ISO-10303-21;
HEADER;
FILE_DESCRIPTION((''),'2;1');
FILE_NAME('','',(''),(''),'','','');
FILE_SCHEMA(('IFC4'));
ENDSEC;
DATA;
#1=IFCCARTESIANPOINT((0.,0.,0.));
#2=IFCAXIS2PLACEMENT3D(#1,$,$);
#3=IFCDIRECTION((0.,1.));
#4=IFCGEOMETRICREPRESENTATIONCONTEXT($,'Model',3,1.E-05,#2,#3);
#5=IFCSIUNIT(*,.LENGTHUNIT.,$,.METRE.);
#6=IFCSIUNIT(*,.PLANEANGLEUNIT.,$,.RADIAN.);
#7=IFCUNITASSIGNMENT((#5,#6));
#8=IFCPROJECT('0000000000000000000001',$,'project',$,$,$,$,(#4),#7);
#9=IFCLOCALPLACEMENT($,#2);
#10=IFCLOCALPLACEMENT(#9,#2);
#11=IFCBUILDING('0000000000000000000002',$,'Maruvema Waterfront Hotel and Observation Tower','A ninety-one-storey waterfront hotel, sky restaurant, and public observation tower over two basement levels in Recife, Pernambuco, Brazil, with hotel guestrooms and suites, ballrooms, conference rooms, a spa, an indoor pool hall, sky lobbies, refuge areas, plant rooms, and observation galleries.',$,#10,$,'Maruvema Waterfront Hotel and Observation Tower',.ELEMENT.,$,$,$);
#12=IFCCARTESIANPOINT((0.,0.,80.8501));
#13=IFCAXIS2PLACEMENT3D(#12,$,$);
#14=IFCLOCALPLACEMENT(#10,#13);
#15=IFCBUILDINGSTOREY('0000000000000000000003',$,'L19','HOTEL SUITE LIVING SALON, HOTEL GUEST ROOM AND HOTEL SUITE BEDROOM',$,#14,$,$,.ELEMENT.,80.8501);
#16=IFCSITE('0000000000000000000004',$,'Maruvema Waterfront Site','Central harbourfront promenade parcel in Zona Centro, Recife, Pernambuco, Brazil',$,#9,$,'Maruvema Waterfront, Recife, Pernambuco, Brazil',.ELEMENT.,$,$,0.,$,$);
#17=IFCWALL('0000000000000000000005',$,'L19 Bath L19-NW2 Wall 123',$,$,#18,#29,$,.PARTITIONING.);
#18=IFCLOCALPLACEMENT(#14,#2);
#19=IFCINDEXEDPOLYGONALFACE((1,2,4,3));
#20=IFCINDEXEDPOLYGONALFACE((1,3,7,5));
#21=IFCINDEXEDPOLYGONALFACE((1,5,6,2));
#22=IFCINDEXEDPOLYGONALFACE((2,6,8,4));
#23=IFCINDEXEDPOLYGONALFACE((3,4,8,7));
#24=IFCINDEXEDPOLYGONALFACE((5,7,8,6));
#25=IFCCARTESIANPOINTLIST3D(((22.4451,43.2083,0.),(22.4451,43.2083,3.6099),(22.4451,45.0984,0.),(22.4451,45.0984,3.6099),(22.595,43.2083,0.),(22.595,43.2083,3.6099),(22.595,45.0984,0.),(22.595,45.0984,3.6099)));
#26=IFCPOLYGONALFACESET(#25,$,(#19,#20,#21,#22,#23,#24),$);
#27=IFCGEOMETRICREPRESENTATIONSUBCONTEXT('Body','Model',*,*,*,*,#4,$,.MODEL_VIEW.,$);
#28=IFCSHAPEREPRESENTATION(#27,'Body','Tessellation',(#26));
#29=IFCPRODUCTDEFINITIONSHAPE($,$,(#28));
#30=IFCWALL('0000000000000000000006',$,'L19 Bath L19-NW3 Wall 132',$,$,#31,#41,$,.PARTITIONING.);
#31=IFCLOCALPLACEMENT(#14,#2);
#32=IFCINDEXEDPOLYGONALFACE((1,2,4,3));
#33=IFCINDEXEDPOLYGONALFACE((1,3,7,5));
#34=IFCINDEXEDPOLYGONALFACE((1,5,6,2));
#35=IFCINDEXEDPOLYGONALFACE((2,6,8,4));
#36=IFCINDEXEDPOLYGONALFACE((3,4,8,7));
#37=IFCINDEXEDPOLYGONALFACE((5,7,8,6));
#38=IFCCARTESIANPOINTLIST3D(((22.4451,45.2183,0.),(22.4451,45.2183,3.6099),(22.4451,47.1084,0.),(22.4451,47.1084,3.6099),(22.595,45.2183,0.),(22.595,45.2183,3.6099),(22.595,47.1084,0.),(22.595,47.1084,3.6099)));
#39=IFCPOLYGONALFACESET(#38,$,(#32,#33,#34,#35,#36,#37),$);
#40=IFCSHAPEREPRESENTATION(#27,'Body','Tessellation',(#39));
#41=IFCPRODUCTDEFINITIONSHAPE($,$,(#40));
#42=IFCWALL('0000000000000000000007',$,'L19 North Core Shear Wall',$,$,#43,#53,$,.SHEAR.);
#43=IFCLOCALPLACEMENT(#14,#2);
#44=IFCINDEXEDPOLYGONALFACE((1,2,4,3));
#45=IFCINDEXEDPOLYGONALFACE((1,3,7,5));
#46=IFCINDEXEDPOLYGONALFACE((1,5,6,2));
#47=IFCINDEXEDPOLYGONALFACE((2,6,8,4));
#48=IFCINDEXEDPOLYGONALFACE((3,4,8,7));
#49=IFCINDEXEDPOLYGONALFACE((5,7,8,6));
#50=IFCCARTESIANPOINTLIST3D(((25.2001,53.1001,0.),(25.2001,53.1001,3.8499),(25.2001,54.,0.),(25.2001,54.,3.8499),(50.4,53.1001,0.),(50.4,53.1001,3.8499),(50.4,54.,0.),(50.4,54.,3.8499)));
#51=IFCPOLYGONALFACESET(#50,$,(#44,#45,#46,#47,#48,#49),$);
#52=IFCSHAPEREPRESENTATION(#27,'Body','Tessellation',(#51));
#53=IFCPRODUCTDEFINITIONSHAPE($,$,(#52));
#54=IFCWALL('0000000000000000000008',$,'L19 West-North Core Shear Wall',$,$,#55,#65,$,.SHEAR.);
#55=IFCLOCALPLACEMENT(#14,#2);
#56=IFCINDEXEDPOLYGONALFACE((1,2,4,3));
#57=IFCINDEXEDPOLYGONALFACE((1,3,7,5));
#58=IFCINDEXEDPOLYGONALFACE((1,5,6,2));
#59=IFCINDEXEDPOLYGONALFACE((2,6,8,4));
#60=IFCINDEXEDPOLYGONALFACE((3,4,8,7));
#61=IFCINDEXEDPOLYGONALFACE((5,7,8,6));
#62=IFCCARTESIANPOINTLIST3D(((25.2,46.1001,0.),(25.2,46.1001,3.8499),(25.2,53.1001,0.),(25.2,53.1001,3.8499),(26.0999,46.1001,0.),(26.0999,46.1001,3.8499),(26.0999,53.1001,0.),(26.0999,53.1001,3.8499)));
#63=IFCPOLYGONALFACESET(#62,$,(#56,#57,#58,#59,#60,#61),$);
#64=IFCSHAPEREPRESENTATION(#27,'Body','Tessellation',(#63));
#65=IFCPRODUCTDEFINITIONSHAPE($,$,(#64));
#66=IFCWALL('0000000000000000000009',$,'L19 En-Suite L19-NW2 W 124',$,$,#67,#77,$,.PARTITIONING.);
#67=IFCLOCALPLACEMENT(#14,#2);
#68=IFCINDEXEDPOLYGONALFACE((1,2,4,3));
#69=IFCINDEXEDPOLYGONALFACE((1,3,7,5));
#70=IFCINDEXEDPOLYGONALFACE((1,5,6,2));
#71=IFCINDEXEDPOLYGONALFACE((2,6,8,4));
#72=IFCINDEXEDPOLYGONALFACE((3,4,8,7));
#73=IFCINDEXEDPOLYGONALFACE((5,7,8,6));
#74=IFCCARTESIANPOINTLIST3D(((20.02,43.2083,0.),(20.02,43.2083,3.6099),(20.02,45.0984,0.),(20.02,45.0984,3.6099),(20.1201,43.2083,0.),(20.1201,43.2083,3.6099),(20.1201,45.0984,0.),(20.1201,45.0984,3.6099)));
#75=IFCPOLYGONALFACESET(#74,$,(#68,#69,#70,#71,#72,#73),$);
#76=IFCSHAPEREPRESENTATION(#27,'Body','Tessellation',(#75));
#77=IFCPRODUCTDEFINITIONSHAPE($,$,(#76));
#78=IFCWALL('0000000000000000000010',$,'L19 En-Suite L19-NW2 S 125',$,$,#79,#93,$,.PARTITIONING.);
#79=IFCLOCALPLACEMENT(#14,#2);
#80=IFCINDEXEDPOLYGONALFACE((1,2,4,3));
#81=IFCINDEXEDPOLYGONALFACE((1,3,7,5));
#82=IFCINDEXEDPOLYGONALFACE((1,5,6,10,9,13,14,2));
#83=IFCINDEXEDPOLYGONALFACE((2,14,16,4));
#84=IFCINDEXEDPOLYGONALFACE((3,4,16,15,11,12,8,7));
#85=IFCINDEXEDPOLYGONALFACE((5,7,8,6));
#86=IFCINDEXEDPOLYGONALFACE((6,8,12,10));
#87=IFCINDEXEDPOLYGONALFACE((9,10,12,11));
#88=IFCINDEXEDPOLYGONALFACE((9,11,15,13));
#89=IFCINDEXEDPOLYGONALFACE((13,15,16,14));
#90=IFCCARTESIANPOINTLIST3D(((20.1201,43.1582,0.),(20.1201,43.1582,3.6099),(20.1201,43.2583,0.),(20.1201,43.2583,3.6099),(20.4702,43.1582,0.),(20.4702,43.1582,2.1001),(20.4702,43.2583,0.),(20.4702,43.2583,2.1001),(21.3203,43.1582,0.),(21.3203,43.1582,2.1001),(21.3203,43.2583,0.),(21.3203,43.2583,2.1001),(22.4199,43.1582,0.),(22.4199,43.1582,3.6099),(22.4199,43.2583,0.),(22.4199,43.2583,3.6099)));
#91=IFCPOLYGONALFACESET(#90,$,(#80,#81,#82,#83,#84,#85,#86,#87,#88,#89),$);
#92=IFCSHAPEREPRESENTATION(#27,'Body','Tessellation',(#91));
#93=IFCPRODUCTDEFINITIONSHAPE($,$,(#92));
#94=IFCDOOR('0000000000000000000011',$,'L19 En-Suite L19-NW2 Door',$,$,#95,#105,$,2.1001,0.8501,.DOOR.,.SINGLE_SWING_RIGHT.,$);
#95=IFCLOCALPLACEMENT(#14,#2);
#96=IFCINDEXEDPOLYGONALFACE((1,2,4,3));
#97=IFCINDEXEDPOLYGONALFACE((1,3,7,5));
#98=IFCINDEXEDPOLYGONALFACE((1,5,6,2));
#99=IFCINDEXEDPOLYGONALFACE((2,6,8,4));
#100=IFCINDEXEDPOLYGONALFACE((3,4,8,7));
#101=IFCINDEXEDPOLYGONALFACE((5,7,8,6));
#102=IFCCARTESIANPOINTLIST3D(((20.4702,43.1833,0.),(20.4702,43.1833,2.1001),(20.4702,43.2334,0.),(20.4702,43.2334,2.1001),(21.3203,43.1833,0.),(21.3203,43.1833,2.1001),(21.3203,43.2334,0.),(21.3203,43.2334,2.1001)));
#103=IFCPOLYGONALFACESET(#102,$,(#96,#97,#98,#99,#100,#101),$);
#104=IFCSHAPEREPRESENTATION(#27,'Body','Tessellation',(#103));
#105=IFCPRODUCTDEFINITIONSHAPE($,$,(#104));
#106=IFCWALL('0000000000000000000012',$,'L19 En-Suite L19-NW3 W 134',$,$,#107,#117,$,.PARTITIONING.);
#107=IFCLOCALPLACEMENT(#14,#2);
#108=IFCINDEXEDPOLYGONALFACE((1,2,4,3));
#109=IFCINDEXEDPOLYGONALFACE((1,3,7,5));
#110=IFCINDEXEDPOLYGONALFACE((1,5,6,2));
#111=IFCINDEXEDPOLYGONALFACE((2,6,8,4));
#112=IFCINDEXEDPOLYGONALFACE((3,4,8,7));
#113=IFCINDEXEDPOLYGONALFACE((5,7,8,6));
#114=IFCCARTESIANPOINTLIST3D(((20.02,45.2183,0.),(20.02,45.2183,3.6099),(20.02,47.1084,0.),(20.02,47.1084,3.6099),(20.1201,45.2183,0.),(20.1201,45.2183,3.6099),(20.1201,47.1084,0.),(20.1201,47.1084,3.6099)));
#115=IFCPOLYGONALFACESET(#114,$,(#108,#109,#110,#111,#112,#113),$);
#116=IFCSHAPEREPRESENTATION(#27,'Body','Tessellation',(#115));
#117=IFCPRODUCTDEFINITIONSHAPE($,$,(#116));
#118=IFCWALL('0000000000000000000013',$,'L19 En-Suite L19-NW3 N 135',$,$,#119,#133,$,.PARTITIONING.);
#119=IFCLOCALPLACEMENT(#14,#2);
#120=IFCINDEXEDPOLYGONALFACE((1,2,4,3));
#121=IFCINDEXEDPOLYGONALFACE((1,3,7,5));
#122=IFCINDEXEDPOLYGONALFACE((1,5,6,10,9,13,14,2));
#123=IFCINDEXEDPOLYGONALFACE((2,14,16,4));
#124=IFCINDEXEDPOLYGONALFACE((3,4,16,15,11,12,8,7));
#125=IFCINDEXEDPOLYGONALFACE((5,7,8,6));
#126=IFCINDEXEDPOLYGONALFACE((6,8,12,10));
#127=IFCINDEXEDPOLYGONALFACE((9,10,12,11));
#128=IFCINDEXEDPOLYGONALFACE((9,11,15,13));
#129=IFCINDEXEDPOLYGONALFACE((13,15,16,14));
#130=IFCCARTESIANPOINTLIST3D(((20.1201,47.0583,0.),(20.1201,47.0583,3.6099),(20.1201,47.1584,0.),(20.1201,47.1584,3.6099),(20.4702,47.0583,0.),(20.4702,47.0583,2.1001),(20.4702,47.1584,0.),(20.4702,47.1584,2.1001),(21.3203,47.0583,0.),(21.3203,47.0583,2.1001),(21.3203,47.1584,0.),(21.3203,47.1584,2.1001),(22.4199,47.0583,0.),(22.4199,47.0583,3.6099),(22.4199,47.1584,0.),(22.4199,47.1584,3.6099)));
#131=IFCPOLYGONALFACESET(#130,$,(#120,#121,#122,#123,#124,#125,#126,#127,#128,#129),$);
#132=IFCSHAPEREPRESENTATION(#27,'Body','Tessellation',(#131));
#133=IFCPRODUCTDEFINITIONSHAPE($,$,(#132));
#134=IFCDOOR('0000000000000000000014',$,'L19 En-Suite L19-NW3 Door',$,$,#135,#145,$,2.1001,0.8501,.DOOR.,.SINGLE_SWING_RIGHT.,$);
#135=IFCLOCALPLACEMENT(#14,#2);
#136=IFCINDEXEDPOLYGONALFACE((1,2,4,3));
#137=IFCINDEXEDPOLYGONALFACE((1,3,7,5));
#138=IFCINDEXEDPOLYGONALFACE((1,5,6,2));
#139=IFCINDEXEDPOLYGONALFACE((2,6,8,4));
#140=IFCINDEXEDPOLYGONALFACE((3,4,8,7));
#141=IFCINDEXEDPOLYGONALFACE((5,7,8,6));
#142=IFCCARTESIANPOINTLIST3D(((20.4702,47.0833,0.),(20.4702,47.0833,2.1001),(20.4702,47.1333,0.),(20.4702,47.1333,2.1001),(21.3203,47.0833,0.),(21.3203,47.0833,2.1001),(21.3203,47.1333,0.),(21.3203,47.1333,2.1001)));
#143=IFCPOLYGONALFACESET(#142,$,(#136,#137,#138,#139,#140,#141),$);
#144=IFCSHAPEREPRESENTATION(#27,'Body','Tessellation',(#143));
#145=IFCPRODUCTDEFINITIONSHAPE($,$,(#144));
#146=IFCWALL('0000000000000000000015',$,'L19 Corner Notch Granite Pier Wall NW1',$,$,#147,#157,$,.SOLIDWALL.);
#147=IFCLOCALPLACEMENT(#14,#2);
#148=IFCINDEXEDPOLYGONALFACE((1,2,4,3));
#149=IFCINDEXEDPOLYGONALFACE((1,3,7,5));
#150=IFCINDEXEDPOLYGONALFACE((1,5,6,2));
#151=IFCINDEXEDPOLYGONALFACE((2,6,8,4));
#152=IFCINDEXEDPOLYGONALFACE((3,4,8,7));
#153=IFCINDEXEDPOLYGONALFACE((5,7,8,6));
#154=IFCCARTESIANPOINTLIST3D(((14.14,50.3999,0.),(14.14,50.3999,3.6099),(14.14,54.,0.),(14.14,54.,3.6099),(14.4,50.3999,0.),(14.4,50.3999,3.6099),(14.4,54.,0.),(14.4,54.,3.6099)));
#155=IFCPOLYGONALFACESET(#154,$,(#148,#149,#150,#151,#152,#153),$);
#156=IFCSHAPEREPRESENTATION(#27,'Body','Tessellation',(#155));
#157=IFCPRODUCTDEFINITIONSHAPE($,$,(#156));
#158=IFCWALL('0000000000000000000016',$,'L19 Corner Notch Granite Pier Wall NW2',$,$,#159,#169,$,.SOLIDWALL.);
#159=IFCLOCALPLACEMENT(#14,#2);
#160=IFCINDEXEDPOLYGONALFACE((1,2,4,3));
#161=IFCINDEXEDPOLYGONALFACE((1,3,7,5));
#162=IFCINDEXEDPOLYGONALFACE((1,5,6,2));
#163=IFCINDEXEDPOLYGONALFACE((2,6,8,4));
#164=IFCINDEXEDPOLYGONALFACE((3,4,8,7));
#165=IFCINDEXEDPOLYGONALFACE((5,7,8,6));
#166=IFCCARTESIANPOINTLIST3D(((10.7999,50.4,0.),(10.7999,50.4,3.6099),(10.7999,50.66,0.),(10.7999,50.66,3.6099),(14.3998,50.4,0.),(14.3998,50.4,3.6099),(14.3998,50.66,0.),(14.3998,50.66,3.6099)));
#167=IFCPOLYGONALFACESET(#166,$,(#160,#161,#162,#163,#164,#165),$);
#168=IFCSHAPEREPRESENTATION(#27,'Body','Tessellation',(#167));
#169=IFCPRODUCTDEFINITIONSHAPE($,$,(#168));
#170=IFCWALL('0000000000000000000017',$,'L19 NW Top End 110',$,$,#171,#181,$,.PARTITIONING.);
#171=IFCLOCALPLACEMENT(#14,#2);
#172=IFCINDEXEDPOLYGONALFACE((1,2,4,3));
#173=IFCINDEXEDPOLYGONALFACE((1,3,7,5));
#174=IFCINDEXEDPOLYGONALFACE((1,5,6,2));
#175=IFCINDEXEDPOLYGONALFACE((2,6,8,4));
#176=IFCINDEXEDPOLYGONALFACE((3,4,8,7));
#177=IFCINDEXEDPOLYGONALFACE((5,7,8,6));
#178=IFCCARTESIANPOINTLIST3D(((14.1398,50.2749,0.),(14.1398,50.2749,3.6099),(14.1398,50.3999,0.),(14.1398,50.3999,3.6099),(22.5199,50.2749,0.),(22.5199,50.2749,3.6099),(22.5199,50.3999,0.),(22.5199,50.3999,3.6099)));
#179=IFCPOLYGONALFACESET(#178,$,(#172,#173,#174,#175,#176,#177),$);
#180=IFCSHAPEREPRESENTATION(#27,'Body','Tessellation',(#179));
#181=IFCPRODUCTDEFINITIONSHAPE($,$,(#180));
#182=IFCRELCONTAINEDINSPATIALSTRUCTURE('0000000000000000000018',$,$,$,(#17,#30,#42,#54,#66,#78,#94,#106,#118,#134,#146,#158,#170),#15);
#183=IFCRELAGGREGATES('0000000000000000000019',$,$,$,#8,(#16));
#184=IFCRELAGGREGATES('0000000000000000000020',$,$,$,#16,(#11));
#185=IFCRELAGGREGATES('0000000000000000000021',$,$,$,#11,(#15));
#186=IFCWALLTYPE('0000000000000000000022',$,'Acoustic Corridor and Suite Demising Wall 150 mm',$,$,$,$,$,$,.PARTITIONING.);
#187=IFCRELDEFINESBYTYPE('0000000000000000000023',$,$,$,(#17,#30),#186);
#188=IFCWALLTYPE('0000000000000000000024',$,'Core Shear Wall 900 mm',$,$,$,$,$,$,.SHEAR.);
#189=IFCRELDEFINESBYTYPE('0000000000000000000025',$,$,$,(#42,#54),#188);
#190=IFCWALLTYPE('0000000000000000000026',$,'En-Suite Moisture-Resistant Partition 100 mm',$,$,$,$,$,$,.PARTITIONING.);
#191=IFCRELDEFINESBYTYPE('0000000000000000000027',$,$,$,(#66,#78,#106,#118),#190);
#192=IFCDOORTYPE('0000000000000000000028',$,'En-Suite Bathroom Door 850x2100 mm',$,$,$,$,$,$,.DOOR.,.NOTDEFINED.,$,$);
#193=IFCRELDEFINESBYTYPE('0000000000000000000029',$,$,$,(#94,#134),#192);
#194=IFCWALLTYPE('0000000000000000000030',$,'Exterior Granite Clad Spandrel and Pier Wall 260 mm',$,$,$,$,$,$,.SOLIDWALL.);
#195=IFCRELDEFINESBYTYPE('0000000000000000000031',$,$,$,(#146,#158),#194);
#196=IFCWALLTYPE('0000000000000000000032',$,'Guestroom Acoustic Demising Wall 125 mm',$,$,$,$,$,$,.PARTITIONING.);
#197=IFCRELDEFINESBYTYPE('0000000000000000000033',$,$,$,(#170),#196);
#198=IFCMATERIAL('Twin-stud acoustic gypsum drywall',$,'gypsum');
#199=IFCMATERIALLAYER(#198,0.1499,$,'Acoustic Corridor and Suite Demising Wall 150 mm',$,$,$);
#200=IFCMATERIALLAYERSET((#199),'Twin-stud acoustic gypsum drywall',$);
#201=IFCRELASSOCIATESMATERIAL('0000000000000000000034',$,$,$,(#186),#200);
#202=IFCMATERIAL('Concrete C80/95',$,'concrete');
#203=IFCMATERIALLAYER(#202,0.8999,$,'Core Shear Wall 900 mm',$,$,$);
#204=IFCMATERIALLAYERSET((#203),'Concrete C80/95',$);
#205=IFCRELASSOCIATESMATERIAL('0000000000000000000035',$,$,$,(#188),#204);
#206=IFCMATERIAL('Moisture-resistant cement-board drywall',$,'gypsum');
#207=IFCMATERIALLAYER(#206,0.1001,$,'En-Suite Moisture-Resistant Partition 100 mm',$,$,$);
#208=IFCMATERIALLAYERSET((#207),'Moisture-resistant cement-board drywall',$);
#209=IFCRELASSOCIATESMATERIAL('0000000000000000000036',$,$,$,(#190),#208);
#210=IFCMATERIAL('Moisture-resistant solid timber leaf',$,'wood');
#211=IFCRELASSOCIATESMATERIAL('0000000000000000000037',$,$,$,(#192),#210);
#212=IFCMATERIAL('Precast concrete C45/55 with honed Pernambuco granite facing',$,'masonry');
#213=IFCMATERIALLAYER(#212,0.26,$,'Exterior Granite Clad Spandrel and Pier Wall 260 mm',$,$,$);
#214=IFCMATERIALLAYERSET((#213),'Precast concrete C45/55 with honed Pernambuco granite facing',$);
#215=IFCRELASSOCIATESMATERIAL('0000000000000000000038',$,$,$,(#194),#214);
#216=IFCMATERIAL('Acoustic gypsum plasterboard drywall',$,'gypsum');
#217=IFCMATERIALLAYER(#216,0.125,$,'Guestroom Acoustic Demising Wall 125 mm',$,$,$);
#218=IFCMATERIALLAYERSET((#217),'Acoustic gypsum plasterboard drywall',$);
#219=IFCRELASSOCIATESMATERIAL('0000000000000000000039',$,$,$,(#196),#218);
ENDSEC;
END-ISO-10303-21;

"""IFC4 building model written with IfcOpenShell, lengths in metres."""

from ifc_helpers import new_model, si_unit, direction, frame, frame_2d, origin, place, context, subcontext, project, spatial, rectangle, extrude, material, layer, layer_set, type_object, element, fill, save


model = new_model("IFC4")

# Units and contexts
model_context = context("Model", 3, precision=1e-05, world=origin(), true_north=direction((0.0, 1.0)))
body_context = subcontext(model_context, "Body", "Model", "MODEL_VIEW")
ifc_project = project(units=[si_unit("LENGTHUNIT", "METRE"), si_unit("PLANEANGLEUNIT", "RADIAN")], contexts=[model_context])

# Site, building, storey
site_placement = place(None, origin())
site = spatial("IfcSite", under=ifc_project, at=site_placement, Name="Maruvema Waterfront Site", Description="Central harbourfront promenade parcel in Zona Centro, Recife, Pernambuco, Brazil", LongName="Maruvema Waterfront, Recife, Pernambuco, Brazil", CompositionType="ELEMENT", RefElevation=0.0)
building_placement = place(site_placement, origin())
building = spatial("IfcBuilding", under=site, at=building_placement, Name="Maruvema Waterfront Hotel and Observation Tower", Description="A ninety-one-storey waterfront hotel, sky restaurant, and public observation tower over two basement levels in Recife, Pernambuco, Brazil, with hotel guestrooms and suites, ballrooms, conference rooms, a spa, an indoor pool hall, sky lobbies, refuge areas, plant rooms, and observation galleries.", LongName="Maruvema Waterfront Hotel and Observation Tower", CompositionType="ELEMENT")
storey_placement = place(building_placement, frame((0.0, 0.0, 80.8501)))
storey = spatial("IfcBuildingStorey", under=building, at=storey_placement, Name="L19", Description="HOTEL SUITE LIVING SALON, HOTEL GUEST ROOM AND HOTEL SUITE BEDROOM", CompositionType="ELEMENT", Elevation=80.8501)

# Walls
ifc_material_1 = material(Name="Twin-stud acoustic gypsum drywall", Category="gypsum")
ifc_layer_1 = layer(ifc_material_1, 0.1499, Name="Acoustic Corridor and Suite Demising Wall 150 mm")
ifc_layer_set_1 = layer_set([ifc_layer_1], Name="Twin-stud acoustic gypsum drywall")
wall_type_1 = type_object("IfcWallType", Name="Acoustic Corridor and Suite Demising Wall 150 mm", PredefinedType="PARTITIONING", material=ifc_layer_set_1)
for number, where, z_axis, x_axis, name in (
    (1, (22.52, 43.2083, 0.0), (0.0, 0.0, 1.0), (0.0, 1.0, 0.0), "L19 Bath L19-NW2 Wall 123"),
    (2, (22.52, 45.2183, 0.0), (0.0, 0.0, 1.0), (0.0, 1.0, 0.0), "L19 Bath L19-NW3 Wall 132"),
):
    element("IfcWall", number, at=place(storey_placement, frame(where, z_axis=z_axis, x_axis=x_axis)), inside=storey, type_object=wall_type_1, Name=name, PredefinedType="PARTITIONING", context=body_context, shape_type="SweptSolid", body=[
        extrude(rectangle(XDim=1.8901, YDim=0.1499, at=frame_2d((0.9451, 0.0))), origin(), (0.0, 0.0, 1.0), 3.6099),
    ])

# Walls
ifc_material_2 = material(Name="Concrete C80/95", Category="concrete")
ifc_layer_2 = layer(ifc_material_2, 0.8999, Name="Core Shear Wall 900 mm")
ifc_layer_set_2 = layer_set([ifc_layer_2], Name="Concrete C80/95")
wall_type_2 = type_object("IfcWallType", Name="Core Shear Wall 900 mm", PredefinedType="SHEAR", material=ifc_layer_set_2)
wall_1_placement = place(storey_placement, frame((25.2, 53.55, 0.0), z_axis=(0.0, 0.0, 1.0), x_axis=(1.0, 0.0, 0.0)))
element("IfcWall", 3, at=wall_1_placement, inside=storey, type_object=wall_type_2, Name="L19 North Core Shear Wall", PredefinedType="SHEAR", context=body_context, shape_type="SweptSolid", body=[
    extrude(rectangle(XDim=25.2, YDim=0.8999, at=frame_2d((12.6001, 0.0))), origin(), (0.0, 0.0, 1.0), 3.8499),
])
wall_2_placement = place(storey_placement, frame((25.6499, 46.1001, 0.0), z_axis=(0.0, 0.0, 1.0), x_axis=(0.0, 1.0, 0.0)))
element("IfcWall", 4, at=wall_2_placement, inside=storey, type_object=wall_type_2, Name="L19 West-North Core Shear Wall", PredefinedType="SHEAR", context=body_context, shape_type="SweptSolid", body=[
    extrude(rectangle(XDim=7.0, YDim=0.8999, at=frame_2d((3.5, 0.0))), origin(), (0.0, 0.0, 1.0), 3.8499),
])
ifc_material_3 = material(Name="Moisture-resistant cement-board drywall", Category="gypsum")
ifc_layer_3 = layer(ifc_material_3, 0.1001, Name="En-Suite Moisture-Resistant Partition 100 mm")
ifc_layer_set_3 = layer_set([ifc_layer_3], Name="Moisture-resistant cement-board drywall")
wall_type_3 = type_object("IfcWallType", Name="En-Suite Moisture-Resistant Partition 100 mm", PredefinedType="PARTITIONING", material=ifc_layer_set_3)
wall_3_placement = place(storey_placement, frame((20.0701, 43.2083, 0.0), z_axis=(0.0, 0.0, 1.0), x_axis=(0.0, 1.0, 0.0)))
element("IfcWall", 5, at=wall_3_placement, inside=storey, type_object=wall_type_3, Name="L19 En-Suite L19-NW2 W 124", PredefinedType="PARTITIONING", context=body_context, shape_type="SweptSolid", body=[
    extrude(rectangle(XDim=1.8901, YDim=0.1001, at=frame_2d((0.9451, 0.0))), origin(), (0.0, 0.0, 1.0), 3.6099),
])

# Wall, opening, door
wall_4_placement = place(storey_placement, frame((20.1201, 43.2083, 0.0), z_axis=(0.0, 0.0, 1.0), x_axis=(1.0, 0.0, 0.0)))
wall_4 = element("IfcWall", 6, at=wall_4_placement, inside=storey, type_object=wall_type_3, Name="L19 En-Suite L19-NW2 S 125", PredefinedType="PARTITIONING", context=body_context, shape_type="SweptSolid", body=[
    extrude(rectangle(XDim=2.2998, YDim=0.1001, at=frame_2d((1.1499, 0.0))), origin(), (0.0, 0.0, 1.0), 3.6099),
])
opening_1_placement = place(wall_4_placement, frame((0.3501, 0.0, 0.0)))
opening_1 = element("IfcOpeningElement", 7, at=opening_1_placement, cuts=wall_4, PredefinedType="OPENING", context=body_context, shape_type="SweptSolid", body=[
    extrude(rectangle(XDim=0.8501, YDim=2.1001, at=frame_2d((0.425, 1.05))), frame((0.0, 0.0601, 0.0), z_axis=(0.0, -1.0, 0.0), x_axis=(1.0, 0.0, 0.0)), (0.0, 0.0, 1.0), 0.1201),
])
ifc_material_4 = material(Name="Moisture-resistant solid timber leaf", Category="wood")
door_type_1 = type_object("IfcDoorType", Name="En-Suite Bathroom Door 850x2100 mm", OperationType="NOTDEFINED", PredefinedType="DOOR", material=ifc_material_4)
door_1_placement = place(opening_1_placement, frame((0.8501, 0.0, 0.0), z_axis=(0.0, 0.0, 1.0), x_axis=(-1.0, 0.0, 0.0)))
door_1 = element("IfcDoor", 8, at=door_1_placement, inside=storey, type_object=door_type_1, Name="L19 En-Suite L19-NW2 Door", OperationType="SINGLE_SWING_RIGHT", OverallHeight=2.1001, OverallWidth=0.8501, PredefinedType="DOOR", context=body_context, shape_type="SweptSolid", body=[
    extrude(rectangle(XDim=0.8501, YDim=2.1001, at=frame_2d((0.425, 1.05))), frame((0.0, 0.0249, 0.0), z_axis=(0.0, -1.0, 0.0), x_axis=(1.0, 0.0, 0.0)), (0.0, 0.0, 1.0), 0.05),
])
fill(opening_1, door_1)

# Wall
wall_5_placement = place(storey_placement, frame((20.0701, 45.2183, 0.0), z_axis=(0.0, 0.0, 1.0), x_axis=(0.0, 1.0, 0.0)))
element("IfcWall", 9, at=wall_5_placement, inside=storey, type_object=wall_type_3, Name="L19 En-Suite L19-NW3 W 134", PredefinedType="PARTITIONING", context=body_context, shape_type="SweptSolid", body=[
    extrude(rectangle(XDim=1.8901, YDim=0.1001, at=frame_2d((0.9451, 0.0))), origin(), (0.0, 0.0, 1.0), 3.6099),
])

# Wall, opening, door
wall_6_placement = place(storey_placement, frame((20.1201, 47.1084, 0.0), z_axis=(0.0, 0.0, 1.0), x_axis=(1.0, 0.0, 0.0)))
wall_6 = element("IfcWall", 10, at=wall_6_placement, inside=storey, type_object=wall_type_3, Name="L19 En-Suite L19-NW3 N 135", PredefinedType="PARTITIONING", context=body_context, shape_type="SweptSolid", body=[
    extrude(rectangle(XDim=2.2998, YDim=0.1001, at=frame_2d((1.1499, 0.0))), origin(), (0.0, 0.0, 1.0), 3.6099),
])
opening_2_placement = place(wall_6_placement, frame((0.3501, 0.0, 0.0)))
opening_2 = element("IfcOpeningElement", 11, at=opening_2_placement, cuts=wall_6, PredefinedType="OPENING", context=body_context, shape_type="SweptSolid", body=[
    extrude(rectangle(XDim=0.8501, YDim=2.1001, at=frame_2d((0.425, 1.05))), frame((0.0, 0.0601, 0.0), z_axis=(0.0, -1.0, 0.0), x_axis=(1.0, 0.0, 0.0)), (0.0, 0.0, 1.0), 0.1201),
])
door_2_placement = place(opening_2_placement, origin())
door_2 = element("IfcDoor", 12, at=door_2_placement, inside=storey, type_object=door_type_1, Name="L19 En-Suite L19-NW3 Door", OperationType="SINGLE_SWING_RIGHT", OverallHeight=2.1001, OverallWidth=0.8501, PredefinedType="DOOR", context=body_context, shape_type="SweptSolid", body=[
    extrude(rectangle(XDim=0.8501, YDim=2.1001, at=frame_2d((0.425, 1.05))), frame((0.0, 0.0249, 0.0), z_axis=(0.0, -1.0, 0.0), x_axis=(1.0, 0.0, 0.0)), (0.0, 0.0, 1.0), 0.05),
])
fill(opening_2, door_2)

# Walls
ifc_material_5 = material(Name="Precast concrete C45/55 with honed Pernambuco granite facing", Category="masonry")
ifc_layer_4 = layer(ifc_material_5, 0.26, Name="Exterior Granite Clad Spandrel and Pier Wall 260 mm")
ifc_layer_set_4 = layer_set([ifc_layer_4], Name="Precast concrete C45/55 with honed Pernambuco granite facing")
wall_type_4 = type_object("IfcWallType", Name="Exterior Granite Clad Spandrel and Pier Wall 260 mm", PredefinedType="SOLIDWALL", material=ifc_layer_set_4)
wall_7_placement = place(storey_placement, frame((14.27, 50.3999, 0.0), z_axis=(0.0, 0.0, 1.0), x_axis=(0.0, 1.0, 0.0)))
element("IfcWall", 13, at=wall_7_placement, inside=storey, type_object=wall_type_4, Name="L19 Corner Notch Granite Pier Wall NW1", PredefinedType="SOLIDWALL", context=body_context, shape_type="SweptSolid", body=[
    extrude(rectangle(XDim=3.6001, YDim=0.26, at=frame_2d((1.8, 0.0))), origin(), (0.0, 0.0, 1.0), 3.6099),
])
wall_8_placement = place(storey_placement, frame((10.8, 50.53, 0.0), z_axis=(0.0, 0.0, 1.0), x_axis=(1.0, 0.0, 0.0)))
element("IfcWall", 14, at=wall_8_placement, inside=storey, type_object=wall_type_4, Name="L19 Corner Notch Granite Pier Wall NW2", PredefinedType="SOLIDWALL", context=body_context, shape_type="SweptSolid", body=[
    extrude(rectangle(XDim=3.5999, YDim=0.26, at=frame_2d((1.7998, 0.0))), origin(), (0.0, 0.0, 1.0), 3.6099),
])
ifc_material_6 = material(Name="Acoustic gypsum plasterboard drywall", Category="gypsum")
ifc_layer_5 = layer(ifc_material_6, 0.125, Name="Guestroom Acoustic Demising Wall 125 mm")
ifc_layer_set_5 = layer_set([ifc_layer_5], Name="Acoustic gypsum plasterboard drywall")
wall_type_5 = type_object("IfcWallType", Name="Guestroom Acoustic Demising Wall 125 mm", PredefinedType="PARTITIONING", material=ifc_layer_set_5)
wall_9_placement = place(storey_placement, frame((14.1399, 50.3374, 0.0), z_axis=(0.0, 0.0, 1.0), x_axis=(1.0, 0.0, 0.0)))
element("IfcWall", 15, at=wall_9_placement, inside=storey, type_object=wall_type_5, Name="L19 NW Top End 110", PredefinedType="PARTITIONING", context=body_context, shape_type="SweptSolid", body=[
    extrude(rectangle(XDim=8.3801, YDim=0.125, at=frame_2d((4.1899, 0.0))), origin(), (0.0, 0.0, 1.0), 3.6099),
])

save(model, "model.ifc")
